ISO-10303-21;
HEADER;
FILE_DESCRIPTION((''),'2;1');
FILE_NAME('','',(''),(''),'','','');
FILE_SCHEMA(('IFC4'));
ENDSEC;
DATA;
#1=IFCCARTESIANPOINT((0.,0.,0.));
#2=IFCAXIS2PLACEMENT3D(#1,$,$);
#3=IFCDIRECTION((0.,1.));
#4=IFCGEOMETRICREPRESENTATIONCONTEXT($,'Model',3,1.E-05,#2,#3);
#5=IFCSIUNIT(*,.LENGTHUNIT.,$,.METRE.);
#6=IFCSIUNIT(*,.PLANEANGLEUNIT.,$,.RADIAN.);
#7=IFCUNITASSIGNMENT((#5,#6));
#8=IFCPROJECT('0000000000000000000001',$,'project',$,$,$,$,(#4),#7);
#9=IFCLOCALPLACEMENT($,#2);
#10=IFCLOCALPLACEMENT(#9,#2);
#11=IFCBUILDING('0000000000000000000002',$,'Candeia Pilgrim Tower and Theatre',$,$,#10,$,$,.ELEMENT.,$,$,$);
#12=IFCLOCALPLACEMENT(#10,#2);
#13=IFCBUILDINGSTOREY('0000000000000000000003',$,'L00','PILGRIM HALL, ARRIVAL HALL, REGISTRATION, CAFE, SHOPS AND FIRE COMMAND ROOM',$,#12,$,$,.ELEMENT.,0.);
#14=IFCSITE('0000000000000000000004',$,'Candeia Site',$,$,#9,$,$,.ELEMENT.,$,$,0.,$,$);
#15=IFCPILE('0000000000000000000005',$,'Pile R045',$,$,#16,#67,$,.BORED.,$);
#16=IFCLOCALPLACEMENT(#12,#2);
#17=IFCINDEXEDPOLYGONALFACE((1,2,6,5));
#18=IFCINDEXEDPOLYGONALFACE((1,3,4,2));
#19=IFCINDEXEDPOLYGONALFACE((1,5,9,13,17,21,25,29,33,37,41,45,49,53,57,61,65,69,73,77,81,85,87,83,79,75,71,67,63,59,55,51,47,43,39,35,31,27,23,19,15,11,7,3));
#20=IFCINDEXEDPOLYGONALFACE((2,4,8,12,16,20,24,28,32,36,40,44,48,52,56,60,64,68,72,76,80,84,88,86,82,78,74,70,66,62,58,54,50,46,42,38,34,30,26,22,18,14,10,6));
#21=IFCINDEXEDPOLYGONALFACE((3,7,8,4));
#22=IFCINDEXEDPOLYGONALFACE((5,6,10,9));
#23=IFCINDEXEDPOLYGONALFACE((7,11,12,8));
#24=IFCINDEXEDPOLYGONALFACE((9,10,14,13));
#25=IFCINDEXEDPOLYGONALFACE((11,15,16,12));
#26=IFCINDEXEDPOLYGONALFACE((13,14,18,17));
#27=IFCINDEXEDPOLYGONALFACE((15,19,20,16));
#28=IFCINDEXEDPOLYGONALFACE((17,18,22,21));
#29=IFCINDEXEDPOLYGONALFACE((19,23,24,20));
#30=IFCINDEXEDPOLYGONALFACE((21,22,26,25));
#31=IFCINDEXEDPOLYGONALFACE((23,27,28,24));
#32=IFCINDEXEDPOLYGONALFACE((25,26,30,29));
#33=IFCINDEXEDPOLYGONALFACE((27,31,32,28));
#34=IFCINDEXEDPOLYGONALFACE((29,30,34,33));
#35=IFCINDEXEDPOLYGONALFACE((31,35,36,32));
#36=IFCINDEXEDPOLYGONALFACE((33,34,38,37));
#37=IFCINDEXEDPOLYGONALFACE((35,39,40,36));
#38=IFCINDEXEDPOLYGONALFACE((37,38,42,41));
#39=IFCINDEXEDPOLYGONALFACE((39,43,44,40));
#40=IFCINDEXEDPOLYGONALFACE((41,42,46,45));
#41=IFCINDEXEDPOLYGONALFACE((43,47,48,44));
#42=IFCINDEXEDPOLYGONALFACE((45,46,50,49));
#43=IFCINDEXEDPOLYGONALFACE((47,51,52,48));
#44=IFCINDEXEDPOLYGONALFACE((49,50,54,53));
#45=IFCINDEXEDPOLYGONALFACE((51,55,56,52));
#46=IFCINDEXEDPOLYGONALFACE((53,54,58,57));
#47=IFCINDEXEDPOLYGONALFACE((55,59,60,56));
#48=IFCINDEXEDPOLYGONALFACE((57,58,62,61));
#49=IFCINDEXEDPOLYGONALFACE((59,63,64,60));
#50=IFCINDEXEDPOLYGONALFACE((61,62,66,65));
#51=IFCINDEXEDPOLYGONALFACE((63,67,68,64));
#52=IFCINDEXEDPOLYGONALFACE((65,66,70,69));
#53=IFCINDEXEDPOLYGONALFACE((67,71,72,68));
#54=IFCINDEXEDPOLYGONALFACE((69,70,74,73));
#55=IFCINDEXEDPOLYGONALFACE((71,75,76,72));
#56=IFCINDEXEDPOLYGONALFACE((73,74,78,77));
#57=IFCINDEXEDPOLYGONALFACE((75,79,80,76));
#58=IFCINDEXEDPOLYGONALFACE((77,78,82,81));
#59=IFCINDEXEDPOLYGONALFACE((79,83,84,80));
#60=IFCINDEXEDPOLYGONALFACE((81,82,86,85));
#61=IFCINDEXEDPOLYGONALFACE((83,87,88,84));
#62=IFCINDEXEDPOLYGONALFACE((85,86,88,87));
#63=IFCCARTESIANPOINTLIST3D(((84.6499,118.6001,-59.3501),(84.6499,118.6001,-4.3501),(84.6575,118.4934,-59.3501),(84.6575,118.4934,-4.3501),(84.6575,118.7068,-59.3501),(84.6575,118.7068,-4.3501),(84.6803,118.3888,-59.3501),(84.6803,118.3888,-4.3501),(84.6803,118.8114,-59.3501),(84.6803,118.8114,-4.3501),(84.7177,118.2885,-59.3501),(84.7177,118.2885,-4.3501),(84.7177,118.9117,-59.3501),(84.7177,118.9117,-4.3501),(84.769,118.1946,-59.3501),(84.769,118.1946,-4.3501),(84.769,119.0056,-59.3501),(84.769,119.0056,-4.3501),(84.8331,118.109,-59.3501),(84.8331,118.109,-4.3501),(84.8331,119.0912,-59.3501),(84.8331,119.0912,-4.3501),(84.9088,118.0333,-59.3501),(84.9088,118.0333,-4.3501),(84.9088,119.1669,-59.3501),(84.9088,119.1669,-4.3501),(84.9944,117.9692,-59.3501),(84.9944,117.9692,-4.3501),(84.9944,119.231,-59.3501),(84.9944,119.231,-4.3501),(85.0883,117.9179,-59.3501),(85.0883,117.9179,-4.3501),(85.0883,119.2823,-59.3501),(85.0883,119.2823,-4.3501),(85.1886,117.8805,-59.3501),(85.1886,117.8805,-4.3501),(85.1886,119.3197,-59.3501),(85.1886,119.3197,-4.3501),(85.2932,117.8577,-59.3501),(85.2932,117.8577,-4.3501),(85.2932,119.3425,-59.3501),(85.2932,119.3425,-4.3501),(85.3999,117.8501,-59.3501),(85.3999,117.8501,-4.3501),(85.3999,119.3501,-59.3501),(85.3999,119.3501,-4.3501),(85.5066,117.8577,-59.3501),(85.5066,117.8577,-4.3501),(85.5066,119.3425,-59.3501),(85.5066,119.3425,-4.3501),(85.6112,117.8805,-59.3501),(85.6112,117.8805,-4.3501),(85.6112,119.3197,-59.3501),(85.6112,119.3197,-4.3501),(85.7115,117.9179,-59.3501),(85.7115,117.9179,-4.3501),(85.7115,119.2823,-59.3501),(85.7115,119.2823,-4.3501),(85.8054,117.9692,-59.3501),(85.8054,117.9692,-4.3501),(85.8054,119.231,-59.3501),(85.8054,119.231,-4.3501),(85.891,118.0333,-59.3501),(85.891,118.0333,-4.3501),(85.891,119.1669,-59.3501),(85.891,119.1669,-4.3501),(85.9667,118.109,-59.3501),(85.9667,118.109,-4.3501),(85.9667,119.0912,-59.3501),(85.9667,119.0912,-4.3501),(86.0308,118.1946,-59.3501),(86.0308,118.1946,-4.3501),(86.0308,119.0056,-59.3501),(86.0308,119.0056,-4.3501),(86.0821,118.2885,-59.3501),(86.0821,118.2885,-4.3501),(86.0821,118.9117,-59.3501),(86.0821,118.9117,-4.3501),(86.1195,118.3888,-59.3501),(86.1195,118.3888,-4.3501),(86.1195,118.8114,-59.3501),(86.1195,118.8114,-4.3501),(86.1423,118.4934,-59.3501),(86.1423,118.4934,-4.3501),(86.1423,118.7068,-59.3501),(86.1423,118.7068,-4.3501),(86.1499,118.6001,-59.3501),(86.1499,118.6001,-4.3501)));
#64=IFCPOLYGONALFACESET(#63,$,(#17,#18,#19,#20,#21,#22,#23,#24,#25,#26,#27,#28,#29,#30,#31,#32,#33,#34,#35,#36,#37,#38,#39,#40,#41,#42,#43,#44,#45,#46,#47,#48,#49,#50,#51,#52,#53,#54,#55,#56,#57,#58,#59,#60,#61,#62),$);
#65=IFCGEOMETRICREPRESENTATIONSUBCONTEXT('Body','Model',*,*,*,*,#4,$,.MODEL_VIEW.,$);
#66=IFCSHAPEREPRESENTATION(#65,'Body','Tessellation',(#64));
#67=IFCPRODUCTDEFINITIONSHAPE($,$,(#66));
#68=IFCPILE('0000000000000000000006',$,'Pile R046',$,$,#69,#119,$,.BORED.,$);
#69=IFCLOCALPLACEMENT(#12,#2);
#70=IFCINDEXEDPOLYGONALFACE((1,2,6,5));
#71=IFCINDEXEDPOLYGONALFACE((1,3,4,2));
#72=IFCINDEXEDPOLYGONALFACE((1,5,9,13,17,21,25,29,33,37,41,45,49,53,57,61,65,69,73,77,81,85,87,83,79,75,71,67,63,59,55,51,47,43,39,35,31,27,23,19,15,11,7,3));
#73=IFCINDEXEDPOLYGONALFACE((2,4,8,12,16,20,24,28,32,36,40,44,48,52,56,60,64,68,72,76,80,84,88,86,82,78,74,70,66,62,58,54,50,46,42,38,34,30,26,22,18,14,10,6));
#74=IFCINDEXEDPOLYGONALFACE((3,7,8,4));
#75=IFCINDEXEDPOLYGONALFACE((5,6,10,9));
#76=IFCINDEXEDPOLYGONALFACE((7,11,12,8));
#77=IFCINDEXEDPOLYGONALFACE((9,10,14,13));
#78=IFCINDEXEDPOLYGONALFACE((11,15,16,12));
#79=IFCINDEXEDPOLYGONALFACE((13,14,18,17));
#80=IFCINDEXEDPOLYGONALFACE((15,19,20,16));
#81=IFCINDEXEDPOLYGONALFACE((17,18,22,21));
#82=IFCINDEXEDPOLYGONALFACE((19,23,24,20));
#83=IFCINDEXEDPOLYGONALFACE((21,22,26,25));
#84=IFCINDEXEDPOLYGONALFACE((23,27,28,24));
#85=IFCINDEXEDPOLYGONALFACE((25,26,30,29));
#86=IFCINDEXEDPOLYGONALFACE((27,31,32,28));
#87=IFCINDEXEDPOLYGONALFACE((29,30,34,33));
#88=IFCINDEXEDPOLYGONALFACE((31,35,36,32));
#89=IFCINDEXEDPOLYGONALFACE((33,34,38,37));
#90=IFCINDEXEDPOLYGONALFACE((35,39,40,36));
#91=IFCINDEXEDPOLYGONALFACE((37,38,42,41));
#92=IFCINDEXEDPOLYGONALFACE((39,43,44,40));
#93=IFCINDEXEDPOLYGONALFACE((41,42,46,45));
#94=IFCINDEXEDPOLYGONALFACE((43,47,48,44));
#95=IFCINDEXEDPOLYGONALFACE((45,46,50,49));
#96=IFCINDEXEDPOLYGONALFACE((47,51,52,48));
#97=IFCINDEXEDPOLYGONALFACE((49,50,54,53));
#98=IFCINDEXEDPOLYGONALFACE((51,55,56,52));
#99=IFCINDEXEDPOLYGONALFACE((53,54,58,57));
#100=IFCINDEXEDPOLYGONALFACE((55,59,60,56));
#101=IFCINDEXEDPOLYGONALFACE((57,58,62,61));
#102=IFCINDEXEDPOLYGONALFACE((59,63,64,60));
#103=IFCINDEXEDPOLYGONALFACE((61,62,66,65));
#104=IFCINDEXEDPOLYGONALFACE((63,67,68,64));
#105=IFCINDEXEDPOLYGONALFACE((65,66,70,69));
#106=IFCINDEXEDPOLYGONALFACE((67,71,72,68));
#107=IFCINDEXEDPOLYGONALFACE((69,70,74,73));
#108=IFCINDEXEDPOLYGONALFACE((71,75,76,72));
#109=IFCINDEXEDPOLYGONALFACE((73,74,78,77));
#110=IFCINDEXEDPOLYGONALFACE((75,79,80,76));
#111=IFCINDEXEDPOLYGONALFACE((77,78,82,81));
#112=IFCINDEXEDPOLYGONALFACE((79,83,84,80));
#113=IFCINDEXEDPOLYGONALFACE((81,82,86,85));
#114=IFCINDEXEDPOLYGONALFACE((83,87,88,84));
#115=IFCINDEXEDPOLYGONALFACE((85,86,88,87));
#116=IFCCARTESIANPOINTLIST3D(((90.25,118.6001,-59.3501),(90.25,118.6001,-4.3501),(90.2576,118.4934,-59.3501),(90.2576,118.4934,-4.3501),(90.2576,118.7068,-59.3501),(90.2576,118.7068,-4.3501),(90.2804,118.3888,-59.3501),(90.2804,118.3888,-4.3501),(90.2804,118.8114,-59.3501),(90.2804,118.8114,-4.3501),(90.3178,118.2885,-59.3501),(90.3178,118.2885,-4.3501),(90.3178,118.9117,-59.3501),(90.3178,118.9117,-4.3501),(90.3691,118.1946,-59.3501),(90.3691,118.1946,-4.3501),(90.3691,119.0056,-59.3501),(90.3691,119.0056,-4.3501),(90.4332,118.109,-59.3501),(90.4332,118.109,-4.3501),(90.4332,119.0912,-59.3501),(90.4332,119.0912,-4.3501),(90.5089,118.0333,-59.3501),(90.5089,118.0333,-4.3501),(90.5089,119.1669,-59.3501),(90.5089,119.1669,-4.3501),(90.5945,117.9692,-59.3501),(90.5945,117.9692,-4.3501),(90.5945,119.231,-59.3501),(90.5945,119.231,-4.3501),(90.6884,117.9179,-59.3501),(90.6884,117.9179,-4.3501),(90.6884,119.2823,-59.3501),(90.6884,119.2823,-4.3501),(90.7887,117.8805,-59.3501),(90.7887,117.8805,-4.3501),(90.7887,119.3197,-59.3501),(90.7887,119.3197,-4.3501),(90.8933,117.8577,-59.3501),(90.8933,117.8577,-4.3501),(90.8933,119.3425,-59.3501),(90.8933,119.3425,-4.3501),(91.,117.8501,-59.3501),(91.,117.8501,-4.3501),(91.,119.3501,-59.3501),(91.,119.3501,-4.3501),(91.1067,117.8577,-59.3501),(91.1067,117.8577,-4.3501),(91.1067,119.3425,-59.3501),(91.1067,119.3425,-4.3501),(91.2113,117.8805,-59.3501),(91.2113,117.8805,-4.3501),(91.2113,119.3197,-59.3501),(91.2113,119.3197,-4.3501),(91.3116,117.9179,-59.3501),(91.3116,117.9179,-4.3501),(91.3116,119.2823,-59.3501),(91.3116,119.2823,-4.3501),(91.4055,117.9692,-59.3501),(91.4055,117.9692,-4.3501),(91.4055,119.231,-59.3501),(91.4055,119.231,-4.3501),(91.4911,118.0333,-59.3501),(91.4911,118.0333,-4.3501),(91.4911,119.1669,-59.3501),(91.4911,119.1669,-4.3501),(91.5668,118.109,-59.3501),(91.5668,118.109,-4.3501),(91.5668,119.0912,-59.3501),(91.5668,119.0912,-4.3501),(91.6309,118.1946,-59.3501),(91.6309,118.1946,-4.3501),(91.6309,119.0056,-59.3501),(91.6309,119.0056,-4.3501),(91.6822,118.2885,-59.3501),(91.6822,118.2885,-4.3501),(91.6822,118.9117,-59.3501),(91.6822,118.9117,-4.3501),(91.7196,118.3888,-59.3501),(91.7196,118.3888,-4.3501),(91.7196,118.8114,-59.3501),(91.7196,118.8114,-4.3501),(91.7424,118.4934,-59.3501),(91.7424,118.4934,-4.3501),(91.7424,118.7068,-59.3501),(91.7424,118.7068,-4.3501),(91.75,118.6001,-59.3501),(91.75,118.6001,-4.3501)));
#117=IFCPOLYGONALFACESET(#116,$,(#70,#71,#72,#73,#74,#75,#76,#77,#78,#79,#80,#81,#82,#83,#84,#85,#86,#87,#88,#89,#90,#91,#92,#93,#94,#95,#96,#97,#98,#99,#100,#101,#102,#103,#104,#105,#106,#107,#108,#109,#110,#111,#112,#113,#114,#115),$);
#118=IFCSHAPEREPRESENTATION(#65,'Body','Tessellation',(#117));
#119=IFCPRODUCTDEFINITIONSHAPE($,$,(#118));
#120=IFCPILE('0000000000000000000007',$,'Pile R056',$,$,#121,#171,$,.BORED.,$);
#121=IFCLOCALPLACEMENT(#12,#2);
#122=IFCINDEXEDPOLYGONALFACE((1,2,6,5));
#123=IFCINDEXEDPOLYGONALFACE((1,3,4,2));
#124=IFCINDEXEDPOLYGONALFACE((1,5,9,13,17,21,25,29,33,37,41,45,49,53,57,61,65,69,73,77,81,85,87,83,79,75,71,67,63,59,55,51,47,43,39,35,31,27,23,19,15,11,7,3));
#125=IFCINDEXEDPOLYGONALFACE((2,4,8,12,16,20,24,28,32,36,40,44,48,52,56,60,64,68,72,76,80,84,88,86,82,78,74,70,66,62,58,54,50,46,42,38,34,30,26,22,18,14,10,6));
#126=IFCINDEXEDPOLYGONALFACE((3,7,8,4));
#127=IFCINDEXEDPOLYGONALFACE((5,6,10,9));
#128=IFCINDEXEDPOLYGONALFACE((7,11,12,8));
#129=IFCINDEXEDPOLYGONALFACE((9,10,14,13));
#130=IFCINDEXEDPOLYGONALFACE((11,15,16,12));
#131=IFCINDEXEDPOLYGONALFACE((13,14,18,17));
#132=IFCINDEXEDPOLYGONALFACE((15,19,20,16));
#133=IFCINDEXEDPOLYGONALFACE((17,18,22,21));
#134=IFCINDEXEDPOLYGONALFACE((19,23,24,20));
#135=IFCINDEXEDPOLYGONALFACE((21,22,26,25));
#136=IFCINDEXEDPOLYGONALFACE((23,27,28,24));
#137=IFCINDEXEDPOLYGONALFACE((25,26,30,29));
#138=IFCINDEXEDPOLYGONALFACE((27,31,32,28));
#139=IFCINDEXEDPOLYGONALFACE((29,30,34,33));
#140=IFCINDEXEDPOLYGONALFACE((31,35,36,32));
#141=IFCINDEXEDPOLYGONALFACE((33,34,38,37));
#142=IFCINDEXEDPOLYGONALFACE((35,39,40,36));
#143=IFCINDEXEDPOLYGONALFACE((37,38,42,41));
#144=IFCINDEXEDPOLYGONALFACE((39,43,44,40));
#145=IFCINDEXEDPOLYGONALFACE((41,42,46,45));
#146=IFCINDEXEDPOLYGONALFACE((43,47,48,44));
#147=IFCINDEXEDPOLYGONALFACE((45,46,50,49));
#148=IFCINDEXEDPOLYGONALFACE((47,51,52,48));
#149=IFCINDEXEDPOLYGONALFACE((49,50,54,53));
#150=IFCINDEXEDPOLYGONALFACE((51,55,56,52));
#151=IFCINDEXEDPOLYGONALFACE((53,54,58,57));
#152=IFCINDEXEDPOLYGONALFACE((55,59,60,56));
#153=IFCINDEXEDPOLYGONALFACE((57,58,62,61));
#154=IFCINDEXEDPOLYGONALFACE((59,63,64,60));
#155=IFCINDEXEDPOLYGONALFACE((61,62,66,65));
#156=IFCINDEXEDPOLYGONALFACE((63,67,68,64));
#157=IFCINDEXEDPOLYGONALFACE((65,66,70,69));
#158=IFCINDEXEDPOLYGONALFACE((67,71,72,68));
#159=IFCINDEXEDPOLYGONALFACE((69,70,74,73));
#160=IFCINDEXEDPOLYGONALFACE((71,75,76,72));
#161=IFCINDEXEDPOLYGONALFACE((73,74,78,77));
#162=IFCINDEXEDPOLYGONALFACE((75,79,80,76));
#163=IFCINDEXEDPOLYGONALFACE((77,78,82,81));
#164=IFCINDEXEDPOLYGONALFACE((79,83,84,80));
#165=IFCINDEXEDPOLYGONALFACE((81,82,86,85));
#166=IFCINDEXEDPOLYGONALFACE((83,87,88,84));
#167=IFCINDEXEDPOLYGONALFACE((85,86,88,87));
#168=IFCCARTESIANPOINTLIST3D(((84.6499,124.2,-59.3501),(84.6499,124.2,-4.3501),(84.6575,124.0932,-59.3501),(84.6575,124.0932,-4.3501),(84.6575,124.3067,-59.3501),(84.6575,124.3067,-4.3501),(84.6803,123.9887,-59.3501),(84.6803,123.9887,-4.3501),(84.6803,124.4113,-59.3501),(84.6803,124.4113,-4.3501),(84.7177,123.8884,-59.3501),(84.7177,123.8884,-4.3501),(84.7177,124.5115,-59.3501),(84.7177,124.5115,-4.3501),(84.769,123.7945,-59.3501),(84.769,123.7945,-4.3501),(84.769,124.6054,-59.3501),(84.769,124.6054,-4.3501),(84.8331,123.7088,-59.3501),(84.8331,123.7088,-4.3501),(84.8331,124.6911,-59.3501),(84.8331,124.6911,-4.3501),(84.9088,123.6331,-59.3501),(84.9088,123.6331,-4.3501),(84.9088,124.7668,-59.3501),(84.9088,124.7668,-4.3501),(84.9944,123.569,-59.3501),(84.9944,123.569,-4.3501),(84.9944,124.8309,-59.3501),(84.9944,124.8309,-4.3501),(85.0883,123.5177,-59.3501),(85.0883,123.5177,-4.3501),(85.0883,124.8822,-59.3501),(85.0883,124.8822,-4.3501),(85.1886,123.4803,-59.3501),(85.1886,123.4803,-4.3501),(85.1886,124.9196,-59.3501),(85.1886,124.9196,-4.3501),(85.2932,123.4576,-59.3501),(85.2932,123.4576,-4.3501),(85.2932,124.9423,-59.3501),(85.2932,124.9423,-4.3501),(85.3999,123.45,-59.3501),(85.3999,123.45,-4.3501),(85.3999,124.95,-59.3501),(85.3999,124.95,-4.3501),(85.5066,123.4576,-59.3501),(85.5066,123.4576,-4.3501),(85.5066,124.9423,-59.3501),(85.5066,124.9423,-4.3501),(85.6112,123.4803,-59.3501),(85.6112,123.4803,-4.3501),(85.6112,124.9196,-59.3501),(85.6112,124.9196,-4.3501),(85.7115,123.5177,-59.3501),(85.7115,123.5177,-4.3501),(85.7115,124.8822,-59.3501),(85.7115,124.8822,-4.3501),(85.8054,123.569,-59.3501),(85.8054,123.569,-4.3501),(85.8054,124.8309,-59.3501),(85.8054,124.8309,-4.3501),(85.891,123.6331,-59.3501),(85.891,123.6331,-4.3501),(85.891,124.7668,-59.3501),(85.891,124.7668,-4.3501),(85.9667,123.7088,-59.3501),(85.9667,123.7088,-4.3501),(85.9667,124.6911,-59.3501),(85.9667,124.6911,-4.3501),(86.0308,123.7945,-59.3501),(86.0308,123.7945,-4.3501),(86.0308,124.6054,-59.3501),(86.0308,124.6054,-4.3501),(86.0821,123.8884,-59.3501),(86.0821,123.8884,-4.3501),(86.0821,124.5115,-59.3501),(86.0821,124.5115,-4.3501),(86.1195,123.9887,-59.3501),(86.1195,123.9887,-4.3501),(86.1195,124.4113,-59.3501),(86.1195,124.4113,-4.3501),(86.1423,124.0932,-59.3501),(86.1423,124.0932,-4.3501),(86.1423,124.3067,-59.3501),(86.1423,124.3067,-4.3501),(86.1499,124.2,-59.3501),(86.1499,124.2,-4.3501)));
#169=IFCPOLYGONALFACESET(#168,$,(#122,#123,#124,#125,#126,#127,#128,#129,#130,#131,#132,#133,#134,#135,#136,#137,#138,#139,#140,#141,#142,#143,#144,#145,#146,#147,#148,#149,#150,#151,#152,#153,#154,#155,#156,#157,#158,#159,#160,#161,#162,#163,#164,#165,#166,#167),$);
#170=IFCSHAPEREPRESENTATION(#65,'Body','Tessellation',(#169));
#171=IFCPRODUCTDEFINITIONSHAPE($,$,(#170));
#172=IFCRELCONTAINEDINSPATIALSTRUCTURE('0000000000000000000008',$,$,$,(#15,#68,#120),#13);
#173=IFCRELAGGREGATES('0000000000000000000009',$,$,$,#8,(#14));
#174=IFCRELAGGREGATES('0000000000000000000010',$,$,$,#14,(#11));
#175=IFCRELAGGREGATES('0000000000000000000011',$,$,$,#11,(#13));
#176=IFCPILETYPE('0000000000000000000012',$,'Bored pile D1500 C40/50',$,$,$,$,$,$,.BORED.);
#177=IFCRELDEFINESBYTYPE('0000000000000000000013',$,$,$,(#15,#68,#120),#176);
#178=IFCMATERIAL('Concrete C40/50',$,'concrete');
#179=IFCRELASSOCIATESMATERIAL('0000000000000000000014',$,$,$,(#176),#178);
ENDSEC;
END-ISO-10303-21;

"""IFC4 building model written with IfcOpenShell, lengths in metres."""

from ifc_helpers import new_model, si_unit, direction, frame, origin, origin_2d, place, context, subcontext, project, spatial, circle, extrude, material, material_profile, profile_set, type_object, element, save


model = new_model("IFC4")

# Units and contexts
model_context = context("Model", 3, precision=1e-05, world=origin(), true_north=direction((0.0, 1.0)))
body_context = subcontext(model_context, "Body", "Model", "MODEL_VIEW")
ifc_project = project(units=[si_unit("LENGTHUNIT", "METRE"), si_unit("PLANEANGLEUNIT", "RADIAN")], contexts=[model_context])

# Site, building, storey
site_placement = place(None, origin())
site = spatial("IfcSite", under=ifc_project, at=site_placement, Name="Candeia Site", CompositionType="ELEMENT", RefElevation=0.0)
building_placement = place(site_placement, origin())
building = spatial("IfcBuilding", under=site, at=building_placement, Name="Candeia Pilgrim Tower and Theatre", CompositionType="ELEMENT")
storey_placement = place(building_placement, origin())
storey = spatial("IfcBuildingStorey", under=building, at=storey_placement, Name="L00", Description="PILGRIM HALL, ARRIVAL HALL, REGISTRATION, CAFE, SHOPS AND FIRE COMMAND ROOM", CompositionType="ELEMENT", Elevation=0.0)

# Piles
ifc_material_1 = material(Name="Concrete C40/50", Category="concrete")
ifc_material_profile_1 = material_profile(ifc_material_1, circle(Radius=0.75, at=origin_2d()))
ifc_profile_set_1 = profile_set([ifc_material_profile_1], Name="Concrete C40/50")
pile_type = type_object("IfcPileType", Name="Bored pile D1500 C40/50", PredefinedType="BORED", material=ifc_profile_set_1)
for number, where, z_axis, x_axis, name in (
    (1, (85.3999, 118.6001, -4.3501), (0.0, 0.0, -1.0), (1.0, 0.0, 0.0), "Pile R045"),
    (2, (91.0, 118.6001, -4.3501), (0.0, 0.0, -1.0), (1.0, 0.0, 0.0), "Pile R046"),
    (3, (85.3999, 124.2, -4.3501), (0.0, 0.0, -1.0), (1.0, 0.0, 0.0), "Pile R056"),
):
    element("IfcPile", number, at=place(storey_placement, frame(where, z_axis=z_axis, x_axis=x_axis)), inside=storey, type_object=pile_type, Name=name, PredefinedType="BORED", context=body_context, shape_type="SweptSolid", body=[
        extrude(circle(Radius=0.75, at=origin_2d()), origin(), (0.0, 0.0, 1.0), 55.0),
    ])

save(model, "model.ifc")
